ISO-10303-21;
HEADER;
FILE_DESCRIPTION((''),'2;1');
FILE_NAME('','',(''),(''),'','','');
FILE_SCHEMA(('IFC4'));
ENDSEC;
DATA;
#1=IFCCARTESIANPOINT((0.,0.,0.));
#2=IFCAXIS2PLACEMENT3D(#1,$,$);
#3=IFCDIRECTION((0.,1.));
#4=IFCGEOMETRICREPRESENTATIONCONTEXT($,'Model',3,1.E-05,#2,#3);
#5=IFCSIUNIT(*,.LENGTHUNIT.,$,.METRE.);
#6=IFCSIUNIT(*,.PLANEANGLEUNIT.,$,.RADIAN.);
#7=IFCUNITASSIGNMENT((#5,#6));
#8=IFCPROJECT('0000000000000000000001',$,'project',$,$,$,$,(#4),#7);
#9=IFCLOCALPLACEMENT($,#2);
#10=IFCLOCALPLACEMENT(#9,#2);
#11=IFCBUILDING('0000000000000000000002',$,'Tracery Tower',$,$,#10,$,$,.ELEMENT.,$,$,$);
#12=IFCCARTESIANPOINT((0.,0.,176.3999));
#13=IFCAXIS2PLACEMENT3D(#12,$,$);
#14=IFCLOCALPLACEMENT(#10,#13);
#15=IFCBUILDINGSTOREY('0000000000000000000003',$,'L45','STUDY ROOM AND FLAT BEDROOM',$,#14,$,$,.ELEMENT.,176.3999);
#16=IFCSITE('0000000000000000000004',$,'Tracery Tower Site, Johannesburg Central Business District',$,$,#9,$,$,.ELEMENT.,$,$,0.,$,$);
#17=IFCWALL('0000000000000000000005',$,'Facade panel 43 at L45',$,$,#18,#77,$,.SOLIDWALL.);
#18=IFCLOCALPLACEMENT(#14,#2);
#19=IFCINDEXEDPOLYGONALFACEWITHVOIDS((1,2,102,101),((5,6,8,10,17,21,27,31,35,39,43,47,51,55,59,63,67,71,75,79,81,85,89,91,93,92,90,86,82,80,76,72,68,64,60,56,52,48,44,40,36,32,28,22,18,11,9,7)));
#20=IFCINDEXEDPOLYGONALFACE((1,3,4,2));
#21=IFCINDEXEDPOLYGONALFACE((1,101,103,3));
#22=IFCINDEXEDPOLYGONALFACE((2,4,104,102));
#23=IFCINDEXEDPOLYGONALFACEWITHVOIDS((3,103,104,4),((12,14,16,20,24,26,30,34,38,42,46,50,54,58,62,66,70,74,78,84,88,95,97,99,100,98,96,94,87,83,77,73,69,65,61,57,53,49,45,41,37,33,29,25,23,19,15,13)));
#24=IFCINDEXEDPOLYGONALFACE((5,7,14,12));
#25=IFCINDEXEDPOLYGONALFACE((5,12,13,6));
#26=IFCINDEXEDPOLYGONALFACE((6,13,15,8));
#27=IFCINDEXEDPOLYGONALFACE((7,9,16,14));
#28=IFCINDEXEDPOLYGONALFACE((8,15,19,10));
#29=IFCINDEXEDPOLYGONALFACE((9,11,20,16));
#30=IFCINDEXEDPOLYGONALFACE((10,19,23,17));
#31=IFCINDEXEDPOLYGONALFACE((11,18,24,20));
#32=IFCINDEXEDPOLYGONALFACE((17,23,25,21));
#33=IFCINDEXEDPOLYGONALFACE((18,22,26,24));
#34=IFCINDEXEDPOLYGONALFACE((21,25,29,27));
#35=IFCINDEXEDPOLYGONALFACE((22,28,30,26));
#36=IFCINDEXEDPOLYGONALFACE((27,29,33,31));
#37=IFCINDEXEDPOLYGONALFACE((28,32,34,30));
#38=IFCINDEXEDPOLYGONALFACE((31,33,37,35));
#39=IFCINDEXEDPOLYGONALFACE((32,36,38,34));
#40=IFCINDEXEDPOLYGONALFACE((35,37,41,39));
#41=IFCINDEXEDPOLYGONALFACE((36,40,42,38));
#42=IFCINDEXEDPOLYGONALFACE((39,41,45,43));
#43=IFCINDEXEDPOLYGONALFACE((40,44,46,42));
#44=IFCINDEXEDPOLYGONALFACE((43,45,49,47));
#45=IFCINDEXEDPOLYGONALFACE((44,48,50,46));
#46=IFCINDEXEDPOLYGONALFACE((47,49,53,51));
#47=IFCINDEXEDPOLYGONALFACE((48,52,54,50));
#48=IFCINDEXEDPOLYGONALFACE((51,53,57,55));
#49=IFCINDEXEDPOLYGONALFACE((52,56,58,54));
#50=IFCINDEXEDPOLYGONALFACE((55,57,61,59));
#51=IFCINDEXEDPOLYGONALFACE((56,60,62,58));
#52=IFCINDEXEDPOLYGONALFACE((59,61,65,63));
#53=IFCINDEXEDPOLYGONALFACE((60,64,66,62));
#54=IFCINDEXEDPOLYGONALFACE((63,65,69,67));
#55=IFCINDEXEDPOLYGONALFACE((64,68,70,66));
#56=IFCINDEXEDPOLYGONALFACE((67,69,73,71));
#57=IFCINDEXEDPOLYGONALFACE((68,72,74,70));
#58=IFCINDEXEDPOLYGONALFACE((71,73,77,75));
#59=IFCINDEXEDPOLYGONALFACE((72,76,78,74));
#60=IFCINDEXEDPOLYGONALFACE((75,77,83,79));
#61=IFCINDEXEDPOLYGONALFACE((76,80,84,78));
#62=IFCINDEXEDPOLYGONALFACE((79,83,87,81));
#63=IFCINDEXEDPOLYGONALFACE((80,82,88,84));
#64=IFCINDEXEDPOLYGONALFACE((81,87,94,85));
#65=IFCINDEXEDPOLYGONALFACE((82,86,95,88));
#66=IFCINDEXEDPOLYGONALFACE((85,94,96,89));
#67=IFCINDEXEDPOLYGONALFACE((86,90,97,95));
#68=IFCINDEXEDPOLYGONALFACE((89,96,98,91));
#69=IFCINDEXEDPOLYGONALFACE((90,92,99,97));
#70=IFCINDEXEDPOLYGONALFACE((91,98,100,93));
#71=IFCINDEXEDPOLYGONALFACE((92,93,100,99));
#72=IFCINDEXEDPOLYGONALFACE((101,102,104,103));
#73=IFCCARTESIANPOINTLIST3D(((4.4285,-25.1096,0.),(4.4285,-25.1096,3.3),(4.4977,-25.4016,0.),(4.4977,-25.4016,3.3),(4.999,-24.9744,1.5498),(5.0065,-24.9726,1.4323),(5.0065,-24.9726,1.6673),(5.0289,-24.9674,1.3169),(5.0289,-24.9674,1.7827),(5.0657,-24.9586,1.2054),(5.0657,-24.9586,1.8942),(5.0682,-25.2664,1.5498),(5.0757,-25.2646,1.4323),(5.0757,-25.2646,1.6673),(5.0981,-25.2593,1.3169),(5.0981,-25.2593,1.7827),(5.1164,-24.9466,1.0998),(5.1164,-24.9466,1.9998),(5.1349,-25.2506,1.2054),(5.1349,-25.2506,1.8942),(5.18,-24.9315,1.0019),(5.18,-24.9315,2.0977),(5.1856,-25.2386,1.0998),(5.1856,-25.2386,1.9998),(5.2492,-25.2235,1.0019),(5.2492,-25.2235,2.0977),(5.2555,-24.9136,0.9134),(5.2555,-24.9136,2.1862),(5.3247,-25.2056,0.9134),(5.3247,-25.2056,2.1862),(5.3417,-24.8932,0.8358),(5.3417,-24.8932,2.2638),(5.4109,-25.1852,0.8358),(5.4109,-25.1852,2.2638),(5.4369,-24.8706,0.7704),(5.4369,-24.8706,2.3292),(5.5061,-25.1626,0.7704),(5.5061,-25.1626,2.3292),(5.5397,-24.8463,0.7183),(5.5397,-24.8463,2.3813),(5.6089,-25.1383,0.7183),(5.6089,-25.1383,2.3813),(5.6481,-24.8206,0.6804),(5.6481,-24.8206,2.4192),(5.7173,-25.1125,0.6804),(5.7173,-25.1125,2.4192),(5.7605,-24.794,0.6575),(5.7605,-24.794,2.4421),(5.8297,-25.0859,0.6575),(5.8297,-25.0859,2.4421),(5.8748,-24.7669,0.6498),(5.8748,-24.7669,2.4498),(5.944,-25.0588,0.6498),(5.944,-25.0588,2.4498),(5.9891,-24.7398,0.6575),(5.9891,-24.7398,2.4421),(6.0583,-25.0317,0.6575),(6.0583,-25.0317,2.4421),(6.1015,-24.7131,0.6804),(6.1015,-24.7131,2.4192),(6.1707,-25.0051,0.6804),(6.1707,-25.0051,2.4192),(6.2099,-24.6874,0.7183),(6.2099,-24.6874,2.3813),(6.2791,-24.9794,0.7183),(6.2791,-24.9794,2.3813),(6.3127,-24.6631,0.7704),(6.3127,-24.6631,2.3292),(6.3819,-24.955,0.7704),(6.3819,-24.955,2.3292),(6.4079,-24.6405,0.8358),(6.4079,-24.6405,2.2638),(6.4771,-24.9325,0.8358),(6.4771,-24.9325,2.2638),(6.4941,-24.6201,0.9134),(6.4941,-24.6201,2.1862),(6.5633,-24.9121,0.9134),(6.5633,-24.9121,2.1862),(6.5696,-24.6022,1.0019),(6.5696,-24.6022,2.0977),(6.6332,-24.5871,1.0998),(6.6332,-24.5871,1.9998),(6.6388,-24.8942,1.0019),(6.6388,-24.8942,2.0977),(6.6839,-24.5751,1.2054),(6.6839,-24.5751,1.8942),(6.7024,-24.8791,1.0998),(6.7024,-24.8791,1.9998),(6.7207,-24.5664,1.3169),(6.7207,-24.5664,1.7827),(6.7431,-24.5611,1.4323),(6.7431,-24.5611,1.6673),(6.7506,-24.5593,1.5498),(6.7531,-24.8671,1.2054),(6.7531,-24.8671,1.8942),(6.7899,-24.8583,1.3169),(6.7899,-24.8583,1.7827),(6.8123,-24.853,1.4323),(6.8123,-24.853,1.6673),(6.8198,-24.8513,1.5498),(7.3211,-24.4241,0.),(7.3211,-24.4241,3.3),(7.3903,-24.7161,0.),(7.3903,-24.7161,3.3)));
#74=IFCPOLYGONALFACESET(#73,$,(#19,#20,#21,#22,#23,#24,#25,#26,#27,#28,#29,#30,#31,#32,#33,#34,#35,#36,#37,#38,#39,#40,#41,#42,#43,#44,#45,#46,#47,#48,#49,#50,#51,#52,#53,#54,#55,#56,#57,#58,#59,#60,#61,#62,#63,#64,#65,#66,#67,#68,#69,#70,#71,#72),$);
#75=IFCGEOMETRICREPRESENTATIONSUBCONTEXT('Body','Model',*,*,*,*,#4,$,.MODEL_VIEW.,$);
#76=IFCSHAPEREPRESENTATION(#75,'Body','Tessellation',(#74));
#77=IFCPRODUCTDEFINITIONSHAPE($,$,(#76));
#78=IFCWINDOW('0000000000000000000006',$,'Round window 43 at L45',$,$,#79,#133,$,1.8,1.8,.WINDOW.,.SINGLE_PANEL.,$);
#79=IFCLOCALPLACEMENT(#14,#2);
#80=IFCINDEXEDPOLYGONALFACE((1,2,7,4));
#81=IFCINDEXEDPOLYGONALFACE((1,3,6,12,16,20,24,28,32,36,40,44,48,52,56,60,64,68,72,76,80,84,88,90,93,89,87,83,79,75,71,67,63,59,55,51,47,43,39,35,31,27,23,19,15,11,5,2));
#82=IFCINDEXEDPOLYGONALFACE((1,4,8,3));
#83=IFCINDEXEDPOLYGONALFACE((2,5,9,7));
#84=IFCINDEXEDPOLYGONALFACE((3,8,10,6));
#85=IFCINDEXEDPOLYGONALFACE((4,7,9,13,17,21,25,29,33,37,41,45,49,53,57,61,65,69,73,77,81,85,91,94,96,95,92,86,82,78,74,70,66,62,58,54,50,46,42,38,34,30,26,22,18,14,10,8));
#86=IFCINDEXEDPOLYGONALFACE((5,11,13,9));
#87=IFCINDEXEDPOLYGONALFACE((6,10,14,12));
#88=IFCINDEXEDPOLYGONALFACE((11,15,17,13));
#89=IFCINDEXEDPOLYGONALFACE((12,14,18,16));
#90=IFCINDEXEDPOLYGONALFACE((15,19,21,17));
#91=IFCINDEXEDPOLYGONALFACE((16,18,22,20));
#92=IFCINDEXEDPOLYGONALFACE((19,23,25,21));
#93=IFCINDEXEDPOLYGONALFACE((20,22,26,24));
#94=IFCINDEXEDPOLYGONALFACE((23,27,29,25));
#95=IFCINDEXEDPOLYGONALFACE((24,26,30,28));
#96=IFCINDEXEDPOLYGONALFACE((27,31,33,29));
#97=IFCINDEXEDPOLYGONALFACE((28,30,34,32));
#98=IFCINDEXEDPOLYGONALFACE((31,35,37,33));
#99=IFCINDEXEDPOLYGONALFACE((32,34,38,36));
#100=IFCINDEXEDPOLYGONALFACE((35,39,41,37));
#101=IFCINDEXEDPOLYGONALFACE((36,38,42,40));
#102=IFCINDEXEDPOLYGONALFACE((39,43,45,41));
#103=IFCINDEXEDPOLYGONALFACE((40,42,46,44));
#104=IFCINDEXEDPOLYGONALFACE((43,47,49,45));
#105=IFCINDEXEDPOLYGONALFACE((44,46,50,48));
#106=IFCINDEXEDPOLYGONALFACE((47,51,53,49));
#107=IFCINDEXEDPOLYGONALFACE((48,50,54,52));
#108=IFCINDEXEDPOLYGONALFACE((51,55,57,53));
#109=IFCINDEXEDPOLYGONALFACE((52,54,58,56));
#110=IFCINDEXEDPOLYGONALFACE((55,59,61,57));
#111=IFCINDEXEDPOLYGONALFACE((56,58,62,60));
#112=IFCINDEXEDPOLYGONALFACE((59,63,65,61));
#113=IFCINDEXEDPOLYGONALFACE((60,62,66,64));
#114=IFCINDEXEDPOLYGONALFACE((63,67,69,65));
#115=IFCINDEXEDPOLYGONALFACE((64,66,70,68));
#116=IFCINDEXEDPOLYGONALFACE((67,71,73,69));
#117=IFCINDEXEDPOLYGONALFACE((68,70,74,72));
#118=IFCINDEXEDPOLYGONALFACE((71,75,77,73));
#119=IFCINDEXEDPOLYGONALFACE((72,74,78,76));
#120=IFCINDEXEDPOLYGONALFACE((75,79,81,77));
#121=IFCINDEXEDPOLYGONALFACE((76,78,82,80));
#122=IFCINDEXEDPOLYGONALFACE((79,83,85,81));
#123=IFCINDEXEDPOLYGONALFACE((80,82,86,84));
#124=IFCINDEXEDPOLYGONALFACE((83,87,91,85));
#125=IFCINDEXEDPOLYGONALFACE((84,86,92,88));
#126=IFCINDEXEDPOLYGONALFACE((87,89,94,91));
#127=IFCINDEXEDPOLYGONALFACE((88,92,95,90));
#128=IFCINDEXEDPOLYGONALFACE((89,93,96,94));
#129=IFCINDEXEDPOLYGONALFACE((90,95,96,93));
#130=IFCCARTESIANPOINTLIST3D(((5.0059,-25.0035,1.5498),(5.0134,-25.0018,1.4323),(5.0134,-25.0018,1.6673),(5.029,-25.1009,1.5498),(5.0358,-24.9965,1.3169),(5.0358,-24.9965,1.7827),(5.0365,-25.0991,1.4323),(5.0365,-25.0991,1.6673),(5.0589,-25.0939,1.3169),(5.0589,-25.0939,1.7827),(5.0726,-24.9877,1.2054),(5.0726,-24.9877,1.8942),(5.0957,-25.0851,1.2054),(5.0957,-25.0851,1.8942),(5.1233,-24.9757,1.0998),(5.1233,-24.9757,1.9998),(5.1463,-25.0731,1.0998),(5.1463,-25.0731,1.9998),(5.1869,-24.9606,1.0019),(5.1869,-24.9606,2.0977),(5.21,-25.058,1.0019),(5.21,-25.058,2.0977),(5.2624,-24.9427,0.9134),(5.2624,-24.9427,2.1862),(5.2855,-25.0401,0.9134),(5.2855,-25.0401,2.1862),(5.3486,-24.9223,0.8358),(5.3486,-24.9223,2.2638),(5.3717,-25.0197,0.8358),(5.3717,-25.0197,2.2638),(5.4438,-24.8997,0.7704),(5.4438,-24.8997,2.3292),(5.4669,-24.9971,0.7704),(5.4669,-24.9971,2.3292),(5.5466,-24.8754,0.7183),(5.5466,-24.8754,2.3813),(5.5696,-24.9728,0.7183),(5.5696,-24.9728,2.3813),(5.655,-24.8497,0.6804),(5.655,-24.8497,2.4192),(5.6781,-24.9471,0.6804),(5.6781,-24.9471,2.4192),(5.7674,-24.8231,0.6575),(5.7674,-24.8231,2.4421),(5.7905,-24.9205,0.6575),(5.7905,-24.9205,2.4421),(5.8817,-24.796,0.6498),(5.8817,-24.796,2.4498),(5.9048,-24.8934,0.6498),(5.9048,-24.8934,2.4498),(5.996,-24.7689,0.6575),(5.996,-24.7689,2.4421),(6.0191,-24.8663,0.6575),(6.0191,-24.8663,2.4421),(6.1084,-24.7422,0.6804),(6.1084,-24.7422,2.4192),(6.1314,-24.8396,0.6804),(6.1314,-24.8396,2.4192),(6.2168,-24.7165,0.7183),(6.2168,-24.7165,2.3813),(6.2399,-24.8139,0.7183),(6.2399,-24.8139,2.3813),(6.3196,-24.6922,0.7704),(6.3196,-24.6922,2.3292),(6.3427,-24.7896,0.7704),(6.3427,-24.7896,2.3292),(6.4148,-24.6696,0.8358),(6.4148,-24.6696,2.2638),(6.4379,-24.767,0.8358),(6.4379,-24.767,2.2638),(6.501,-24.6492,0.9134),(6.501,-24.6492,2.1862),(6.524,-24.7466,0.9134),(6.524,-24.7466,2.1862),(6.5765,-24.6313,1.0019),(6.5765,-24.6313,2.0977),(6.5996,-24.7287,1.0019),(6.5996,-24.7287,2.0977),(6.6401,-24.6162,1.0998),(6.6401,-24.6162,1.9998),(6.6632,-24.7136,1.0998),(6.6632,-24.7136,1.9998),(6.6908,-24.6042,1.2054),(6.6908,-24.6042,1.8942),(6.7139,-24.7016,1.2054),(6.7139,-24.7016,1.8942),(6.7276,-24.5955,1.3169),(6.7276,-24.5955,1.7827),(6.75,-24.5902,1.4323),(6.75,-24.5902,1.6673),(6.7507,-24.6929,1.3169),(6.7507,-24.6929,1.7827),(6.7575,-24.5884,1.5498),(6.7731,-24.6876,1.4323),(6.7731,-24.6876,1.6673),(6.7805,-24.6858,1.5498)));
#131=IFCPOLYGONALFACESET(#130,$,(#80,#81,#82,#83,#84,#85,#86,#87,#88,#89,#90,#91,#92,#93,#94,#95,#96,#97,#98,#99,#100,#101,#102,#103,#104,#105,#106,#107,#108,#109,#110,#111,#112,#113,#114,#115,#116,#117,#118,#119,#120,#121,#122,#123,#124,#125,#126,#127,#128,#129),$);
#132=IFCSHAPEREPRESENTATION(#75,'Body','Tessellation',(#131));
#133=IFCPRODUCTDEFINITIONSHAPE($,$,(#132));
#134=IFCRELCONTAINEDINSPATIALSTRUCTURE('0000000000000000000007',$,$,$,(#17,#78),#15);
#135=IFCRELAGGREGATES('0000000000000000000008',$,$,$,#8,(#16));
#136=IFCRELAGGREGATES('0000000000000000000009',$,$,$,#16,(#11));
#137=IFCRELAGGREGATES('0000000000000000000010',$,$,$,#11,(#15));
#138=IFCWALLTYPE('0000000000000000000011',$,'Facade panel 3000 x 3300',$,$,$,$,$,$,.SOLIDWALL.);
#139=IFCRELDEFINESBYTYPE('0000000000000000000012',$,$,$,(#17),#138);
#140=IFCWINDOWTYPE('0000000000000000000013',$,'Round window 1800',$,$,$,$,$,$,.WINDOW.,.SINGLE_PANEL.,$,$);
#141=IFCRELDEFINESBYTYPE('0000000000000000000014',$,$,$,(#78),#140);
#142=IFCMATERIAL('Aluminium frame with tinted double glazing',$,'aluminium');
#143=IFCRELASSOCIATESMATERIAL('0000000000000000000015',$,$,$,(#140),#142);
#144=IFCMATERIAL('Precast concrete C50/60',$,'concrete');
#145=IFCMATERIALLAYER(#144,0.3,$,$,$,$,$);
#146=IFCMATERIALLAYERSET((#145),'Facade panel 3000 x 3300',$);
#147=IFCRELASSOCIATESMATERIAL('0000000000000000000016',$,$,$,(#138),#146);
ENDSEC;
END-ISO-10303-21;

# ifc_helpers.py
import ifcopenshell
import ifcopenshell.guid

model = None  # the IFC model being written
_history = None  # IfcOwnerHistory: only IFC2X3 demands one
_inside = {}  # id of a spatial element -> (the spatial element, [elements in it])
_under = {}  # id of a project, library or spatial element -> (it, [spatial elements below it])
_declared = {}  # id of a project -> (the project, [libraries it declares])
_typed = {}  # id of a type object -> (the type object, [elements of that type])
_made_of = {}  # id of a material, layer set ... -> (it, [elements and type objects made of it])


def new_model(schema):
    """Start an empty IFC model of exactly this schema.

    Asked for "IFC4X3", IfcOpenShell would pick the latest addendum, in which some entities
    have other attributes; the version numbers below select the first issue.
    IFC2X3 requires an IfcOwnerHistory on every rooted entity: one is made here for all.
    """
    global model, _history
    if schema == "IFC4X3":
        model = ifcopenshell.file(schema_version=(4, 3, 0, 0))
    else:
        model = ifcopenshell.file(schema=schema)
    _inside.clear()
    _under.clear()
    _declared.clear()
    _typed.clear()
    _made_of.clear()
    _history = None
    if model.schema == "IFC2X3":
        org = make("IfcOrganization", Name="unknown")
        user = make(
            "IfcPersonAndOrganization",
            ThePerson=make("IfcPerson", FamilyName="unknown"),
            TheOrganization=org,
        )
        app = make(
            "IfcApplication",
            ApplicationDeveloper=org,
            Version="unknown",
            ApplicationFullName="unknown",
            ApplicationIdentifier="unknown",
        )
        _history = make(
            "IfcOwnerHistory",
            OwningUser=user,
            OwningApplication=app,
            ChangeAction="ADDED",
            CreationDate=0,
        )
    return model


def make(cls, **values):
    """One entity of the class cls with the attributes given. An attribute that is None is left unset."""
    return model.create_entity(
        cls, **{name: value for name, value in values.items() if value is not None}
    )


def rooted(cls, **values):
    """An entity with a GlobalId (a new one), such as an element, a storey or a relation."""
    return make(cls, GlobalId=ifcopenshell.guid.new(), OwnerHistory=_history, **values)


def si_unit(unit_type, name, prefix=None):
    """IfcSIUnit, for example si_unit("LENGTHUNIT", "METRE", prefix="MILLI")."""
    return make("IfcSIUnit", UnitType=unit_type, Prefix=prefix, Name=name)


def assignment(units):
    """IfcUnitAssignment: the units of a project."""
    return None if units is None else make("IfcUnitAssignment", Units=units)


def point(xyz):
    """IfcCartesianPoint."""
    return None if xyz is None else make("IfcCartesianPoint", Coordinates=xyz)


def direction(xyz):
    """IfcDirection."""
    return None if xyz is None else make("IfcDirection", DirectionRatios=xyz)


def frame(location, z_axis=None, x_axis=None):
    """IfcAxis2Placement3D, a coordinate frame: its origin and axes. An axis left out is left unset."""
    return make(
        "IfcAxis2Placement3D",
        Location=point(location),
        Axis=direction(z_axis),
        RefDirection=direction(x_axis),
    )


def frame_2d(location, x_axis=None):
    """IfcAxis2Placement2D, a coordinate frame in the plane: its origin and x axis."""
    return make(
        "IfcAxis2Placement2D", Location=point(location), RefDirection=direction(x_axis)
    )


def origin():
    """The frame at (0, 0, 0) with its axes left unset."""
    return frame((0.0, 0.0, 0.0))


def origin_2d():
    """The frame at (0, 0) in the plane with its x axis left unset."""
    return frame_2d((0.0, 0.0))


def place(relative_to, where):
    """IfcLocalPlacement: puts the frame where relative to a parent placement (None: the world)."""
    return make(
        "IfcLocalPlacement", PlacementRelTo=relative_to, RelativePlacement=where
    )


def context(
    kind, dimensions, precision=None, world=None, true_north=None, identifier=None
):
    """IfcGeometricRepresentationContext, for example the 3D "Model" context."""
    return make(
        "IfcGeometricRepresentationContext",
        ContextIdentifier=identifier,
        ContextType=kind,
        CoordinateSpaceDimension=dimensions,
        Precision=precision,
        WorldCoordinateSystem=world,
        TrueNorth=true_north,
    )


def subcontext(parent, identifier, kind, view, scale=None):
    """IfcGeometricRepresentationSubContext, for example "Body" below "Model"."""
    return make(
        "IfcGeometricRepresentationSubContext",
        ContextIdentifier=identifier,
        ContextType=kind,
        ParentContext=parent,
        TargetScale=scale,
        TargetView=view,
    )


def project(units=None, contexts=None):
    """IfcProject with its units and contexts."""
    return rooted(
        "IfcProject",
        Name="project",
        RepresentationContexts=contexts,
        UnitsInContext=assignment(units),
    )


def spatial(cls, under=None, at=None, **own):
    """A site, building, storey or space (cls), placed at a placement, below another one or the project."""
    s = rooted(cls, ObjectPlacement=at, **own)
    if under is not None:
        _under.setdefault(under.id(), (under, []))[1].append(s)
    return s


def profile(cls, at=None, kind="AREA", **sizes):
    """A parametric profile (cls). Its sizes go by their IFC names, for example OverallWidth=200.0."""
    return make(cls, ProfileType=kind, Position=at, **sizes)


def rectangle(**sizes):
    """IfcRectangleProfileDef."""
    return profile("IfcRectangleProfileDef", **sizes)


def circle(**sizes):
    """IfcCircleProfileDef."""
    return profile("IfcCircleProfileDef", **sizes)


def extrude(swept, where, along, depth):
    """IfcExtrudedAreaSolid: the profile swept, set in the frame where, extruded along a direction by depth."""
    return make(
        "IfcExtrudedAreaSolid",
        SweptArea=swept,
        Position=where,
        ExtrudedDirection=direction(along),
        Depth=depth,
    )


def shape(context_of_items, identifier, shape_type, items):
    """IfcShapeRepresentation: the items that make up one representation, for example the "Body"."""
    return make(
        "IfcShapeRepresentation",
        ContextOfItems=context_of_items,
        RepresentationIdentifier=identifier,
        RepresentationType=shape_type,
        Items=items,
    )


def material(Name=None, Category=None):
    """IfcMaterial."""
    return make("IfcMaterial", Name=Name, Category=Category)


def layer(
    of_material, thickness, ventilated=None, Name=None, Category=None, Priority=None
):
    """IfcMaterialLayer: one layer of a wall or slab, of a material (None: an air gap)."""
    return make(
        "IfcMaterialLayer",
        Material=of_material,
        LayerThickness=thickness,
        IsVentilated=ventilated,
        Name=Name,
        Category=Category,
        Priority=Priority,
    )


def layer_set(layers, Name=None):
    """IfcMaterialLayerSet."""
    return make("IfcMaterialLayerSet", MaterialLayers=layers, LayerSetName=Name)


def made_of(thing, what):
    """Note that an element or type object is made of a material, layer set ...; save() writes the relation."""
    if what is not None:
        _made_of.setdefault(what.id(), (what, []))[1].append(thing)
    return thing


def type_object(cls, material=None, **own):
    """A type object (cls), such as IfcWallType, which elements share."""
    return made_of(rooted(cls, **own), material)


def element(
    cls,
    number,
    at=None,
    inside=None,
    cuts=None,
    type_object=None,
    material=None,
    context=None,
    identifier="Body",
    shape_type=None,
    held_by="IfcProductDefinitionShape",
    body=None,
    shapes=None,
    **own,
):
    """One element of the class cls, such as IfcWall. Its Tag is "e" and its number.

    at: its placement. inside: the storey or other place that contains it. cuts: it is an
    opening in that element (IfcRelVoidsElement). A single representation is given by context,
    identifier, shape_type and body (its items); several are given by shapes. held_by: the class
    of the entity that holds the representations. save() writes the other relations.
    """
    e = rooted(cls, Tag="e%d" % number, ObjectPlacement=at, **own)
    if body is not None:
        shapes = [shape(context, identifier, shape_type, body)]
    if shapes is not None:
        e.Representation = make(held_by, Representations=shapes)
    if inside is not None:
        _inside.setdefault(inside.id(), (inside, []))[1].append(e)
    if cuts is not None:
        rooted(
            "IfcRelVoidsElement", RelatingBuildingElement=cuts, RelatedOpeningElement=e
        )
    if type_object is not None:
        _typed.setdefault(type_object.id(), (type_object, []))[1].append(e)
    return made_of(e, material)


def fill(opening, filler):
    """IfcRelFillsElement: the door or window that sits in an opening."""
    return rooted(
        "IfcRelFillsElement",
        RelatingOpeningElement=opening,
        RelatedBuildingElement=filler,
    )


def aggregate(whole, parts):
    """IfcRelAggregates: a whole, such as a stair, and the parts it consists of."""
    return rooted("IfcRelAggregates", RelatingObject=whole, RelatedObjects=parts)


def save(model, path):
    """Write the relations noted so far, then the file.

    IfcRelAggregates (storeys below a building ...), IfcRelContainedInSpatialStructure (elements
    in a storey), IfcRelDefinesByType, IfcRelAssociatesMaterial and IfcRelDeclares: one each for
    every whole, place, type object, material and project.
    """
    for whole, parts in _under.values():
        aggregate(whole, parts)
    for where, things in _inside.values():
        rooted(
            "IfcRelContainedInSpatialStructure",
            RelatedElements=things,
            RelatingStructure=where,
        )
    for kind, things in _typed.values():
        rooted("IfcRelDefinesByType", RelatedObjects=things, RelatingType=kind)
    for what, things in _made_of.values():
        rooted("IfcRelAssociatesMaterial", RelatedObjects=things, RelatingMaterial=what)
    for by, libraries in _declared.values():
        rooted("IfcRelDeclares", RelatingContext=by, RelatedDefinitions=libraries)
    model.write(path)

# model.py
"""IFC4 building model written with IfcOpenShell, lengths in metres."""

from ifc_helpers import new_model, si_unit, direction, frame, frame_2d, origin, origin_2d, place, context, subcontext, project, spatial, rectangle, circle, extrude, material, layer, layer_set, type_object, element, fill, save


model = new_model("IFC4")

# Units and contexts
model_context = context("Model", 3, precision=1e-05, world=origin(), true_north=direction((0.0, 1.0)))
body_context = subcontext(model_context, "Body", "Model", "MODEL_VIEW")
ifc_project = project(units=[si_unit("LENGTHUNIT", "METRE"), si_unit("PLANEANGLEUNIT", "RADIAN")], contexts=[model_context])

# Site, building, storey
site_placement = place(None, origin())
site = spatial("IfcSite", under=ifc_project, at=site_placement, Name="Tracery Tower Site, Johannesburg Central Business District", CompositionType="ELEMENT", RefElevation=0.0)
building_placement = place(site_placement, origin())
building = spatial("IfcBuilding", under=site, at=building_placement, Name="Tracery Tower", CompositionType="ELEMENT")
storey_placement = place(building_placement, frame((0.0, 0.0, 176.3999)))
storey = spatial("IfcBuildingStorey", under=building, at=storey_placement, Name="L45", Description="STUDY ROOM AND FLAT BEDROOM", CompositionType="ELEMENT", Elevation=176.3999)

# Wall, opening, window
ifc_material_1 = material(Name="Aluminium frame with tinted double glazing", Category="aluminium")
window_type = type_object("IfcWindowType", Name="Round window 1800", PartitioningType="SINGLE_PANEL", PredefinedType="WINDOW", material=ifc_material_1)
ifc_material_2 = material(Name="Precast concrete C50/60", Category="concrete")
ifc_layer_1 = layer(ifc_material_2, 0.3)
ifc_layer_set_1 = layer_set([ifc_layer_1], Name="Facade panel 3000 x 3300")
wall_type_1 = type_object("IfcWallType", Name="Facade panel 3000 x 3300", PredefinedType="SOLIDWALL", material=ifc_layer_set_1)
wall_1_placement = place(storey_placement, frame((4.4631, -25.2556, 0.0), z_axis=(0.0, 0.0, 1.0), x_axis=(0.973045, 0.230614, 0.0)))
wall_1 = element("IfcWall", 1, at=wall_1_placement, inside=storey, type_object=wall_type_1, Name="Facade panel 43 at L45", PredefinedType="SOLIDWALL", context=body_context, shape_type="SweptSolid", body=[
    extrude(rectangle(XDim=2.9727, YDim=0.3, at=frame_2d((1.4863, 0.0))), origin(), (0.0, 0.0, 1.0), 3.3),
])
opening_1_placement = place(wall_1_placement, frame((1.4863, 0.0, 1.5498)))
opening_1 = element("IfcOpeningElement", 2, at=opening_1_placement, cuts=wall_1, PredefinedType="OPENING", context=body_context, shape_type="SweptSolid", body=[
    extrude(circle(Radius=0.9, at=origin_2d()), frame((0.0, 0.1599, 0.0), z_axis=(0.0, -1.0, 0.0), x_axis=(1.0, 0.0, 0.0)), (0.0, 0.0, 1.0), 0.3201),
])
window_1_placement = place(opening_1_placement, origin())
window_1 = element("IfcWindow", 3, at=window_1_placement, inside=storey, type_object=window_type, Name="Round window 43 at L45", OverallHeight=1.8, OverallWidth=1.8, PartitioningType="SINGLE_PANEL", PredefinedType="WINDOW", context=body_context, shape_type="SweptSolid", body=[
    extrude(circle(Radius=0.9, at=origin_2d()), frame((0.0, 0.1201, 0.0), z_axis=(0.0, -1.0, 0.0), x_axis=(1.0, 0.0, 0.0)), (0.0, 0.0, 1.0), 0.1001),
])
fill(opening_1, window_1)

save(model, "model.ifc")
